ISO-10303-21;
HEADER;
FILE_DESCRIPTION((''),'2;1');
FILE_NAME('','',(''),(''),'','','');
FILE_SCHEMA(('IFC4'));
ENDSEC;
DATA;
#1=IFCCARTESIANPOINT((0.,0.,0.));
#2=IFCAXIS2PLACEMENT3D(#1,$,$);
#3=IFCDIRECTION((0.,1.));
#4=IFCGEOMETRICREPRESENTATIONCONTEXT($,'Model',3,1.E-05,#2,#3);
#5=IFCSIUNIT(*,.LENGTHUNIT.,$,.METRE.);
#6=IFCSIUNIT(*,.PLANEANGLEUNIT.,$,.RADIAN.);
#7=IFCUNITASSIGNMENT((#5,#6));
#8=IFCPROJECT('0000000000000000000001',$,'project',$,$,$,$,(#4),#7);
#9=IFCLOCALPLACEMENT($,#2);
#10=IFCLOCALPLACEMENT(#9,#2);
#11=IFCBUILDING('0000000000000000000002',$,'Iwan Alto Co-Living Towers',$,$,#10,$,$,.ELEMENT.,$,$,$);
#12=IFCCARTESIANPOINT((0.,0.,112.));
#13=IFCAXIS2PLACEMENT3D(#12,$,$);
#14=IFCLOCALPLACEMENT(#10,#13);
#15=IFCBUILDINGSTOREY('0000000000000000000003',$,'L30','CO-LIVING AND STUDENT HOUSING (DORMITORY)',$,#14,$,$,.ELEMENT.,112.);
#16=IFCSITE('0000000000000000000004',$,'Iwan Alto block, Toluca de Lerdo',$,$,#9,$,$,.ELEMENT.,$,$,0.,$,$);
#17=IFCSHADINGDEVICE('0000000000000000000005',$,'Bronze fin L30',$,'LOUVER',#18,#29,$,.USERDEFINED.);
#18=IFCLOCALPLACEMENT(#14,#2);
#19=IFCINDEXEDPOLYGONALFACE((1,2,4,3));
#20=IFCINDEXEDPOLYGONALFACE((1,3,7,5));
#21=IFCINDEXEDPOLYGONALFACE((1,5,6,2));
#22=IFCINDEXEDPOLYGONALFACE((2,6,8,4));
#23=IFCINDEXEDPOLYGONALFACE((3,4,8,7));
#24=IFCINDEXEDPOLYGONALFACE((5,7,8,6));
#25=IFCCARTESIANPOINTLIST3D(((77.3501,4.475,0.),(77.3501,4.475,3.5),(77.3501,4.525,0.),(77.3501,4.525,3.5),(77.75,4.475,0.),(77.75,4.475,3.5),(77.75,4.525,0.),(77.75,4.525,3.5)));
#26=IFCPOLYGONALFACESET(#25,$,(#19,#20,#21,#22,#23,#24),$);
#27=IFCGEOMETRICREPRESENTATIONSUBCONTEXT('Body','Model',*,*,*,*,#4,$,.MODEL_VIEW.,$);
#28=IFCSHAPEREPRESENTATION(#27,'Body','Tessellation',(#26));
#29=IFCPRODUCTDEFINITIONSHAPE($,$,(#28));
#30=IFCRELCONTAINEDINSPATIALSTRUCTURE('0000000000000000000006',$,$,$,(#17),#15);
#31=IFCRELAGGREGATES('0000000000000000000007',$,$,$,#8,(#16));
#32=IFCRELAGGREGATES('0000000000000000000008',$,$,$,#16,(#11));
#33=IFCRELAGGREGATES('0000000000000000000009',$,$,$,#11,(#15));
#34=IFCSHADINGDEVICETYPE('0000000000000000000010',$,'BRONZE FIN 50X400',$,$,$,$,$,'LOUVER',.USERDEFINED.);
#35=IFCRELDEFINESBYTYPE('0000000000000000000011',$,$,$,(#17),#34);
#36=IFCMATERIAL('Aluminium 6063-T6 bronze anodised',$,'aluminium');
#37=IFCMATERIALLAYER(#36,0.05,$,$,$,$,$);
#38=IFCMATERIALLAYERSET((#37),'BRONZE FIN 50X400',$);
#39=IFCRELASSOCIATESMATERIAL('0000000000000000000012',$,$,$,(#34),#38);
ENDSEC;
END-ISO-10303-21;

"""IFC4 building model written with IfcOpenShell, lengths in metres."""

from ifc_helpers import new_model, si_unit, direction, frame, origin, origin_2d, place, context, subcontext, project, spatial, rectangle, extrude, material, layer, layer_set, type_object, element, save


model = new_model("IFC4")

# Units and contexts
model_context = context("Model", 3, precision=1e-05, world=origin(), true_north=direction((0.0, 1.0)))
body_context = subcontext(model_context, "Body", "Model", "MODEL_VIEW")
ifc_project = project(units=[si_unit("LENGTHUNIT", "METRE"), si_unit("PLANEANGLEUNIT", "RADIAN")], contexts=[model_context])

# Site, building, storey
site_placement = place(None, origin())
site = spatial("IfcSite", under=ifc_project, at=site_placement, Name="Iwan Alto block, Toluca de Lerdo", CompositionType="ELEMENT", RefElevation=0.0)
building_placement = place(site_placement, origin())
building = spatial("IfcBuilding", under=site, at=building_placement, Name="Iwan Alto Co-Living Towers", CompositionType="ELEMENT")
storey_placement = place(building_placement, frame((0.0, 0.0, 112.0)))
storey = spatial("IfcBuildingStorey", under=building, at=storey_placement, Name="L30", Description="CO-LIVING AND STUDENT HOUSING (DORMITORY)", CompositionType="ELEMENT", Elevation=112.0)

# Shading device
ifc_material_1 = material(Name="Aluminium 6063-T6 bronze anodised", Category="aluminium")
ifc_layer_1 = layer(ifc_material_1, 0.05)
ifc_layer_set_1 = layer_set([ifc_layer_1], Name="BRONZE FIN 50X400")
shading_device_type = type_object("IfcShadingDeviceType", Name="BRONZE FIN 50X400", ElementType="LOUVER", PredefinedType="USERDEFINED", material=ifc_layer_set_1)
shading_device_placement = place(storey_placement, frame((77.55, 4.5, 0.0), z_axis=(0.0, 0.0, 1.0), x_axis=(0.0, 1.0, 0.0)))
element("IfcShadingDevice", 1, at=shading_device_placement, inside=storey, type_object=shading_device_type, Name="Bronze fin L30", ObjectType="LOUVER", PredefinedType="USERDEFINED", context=body_context, shape_type="SweptSolid", body=[
    extrude(rectangle(XDim=0.05, YDim=0.3999, at=origin_2d()), origin(), (0.0, 0.0, 1.0), 3.5),
])

save(model, "model.ifc")
